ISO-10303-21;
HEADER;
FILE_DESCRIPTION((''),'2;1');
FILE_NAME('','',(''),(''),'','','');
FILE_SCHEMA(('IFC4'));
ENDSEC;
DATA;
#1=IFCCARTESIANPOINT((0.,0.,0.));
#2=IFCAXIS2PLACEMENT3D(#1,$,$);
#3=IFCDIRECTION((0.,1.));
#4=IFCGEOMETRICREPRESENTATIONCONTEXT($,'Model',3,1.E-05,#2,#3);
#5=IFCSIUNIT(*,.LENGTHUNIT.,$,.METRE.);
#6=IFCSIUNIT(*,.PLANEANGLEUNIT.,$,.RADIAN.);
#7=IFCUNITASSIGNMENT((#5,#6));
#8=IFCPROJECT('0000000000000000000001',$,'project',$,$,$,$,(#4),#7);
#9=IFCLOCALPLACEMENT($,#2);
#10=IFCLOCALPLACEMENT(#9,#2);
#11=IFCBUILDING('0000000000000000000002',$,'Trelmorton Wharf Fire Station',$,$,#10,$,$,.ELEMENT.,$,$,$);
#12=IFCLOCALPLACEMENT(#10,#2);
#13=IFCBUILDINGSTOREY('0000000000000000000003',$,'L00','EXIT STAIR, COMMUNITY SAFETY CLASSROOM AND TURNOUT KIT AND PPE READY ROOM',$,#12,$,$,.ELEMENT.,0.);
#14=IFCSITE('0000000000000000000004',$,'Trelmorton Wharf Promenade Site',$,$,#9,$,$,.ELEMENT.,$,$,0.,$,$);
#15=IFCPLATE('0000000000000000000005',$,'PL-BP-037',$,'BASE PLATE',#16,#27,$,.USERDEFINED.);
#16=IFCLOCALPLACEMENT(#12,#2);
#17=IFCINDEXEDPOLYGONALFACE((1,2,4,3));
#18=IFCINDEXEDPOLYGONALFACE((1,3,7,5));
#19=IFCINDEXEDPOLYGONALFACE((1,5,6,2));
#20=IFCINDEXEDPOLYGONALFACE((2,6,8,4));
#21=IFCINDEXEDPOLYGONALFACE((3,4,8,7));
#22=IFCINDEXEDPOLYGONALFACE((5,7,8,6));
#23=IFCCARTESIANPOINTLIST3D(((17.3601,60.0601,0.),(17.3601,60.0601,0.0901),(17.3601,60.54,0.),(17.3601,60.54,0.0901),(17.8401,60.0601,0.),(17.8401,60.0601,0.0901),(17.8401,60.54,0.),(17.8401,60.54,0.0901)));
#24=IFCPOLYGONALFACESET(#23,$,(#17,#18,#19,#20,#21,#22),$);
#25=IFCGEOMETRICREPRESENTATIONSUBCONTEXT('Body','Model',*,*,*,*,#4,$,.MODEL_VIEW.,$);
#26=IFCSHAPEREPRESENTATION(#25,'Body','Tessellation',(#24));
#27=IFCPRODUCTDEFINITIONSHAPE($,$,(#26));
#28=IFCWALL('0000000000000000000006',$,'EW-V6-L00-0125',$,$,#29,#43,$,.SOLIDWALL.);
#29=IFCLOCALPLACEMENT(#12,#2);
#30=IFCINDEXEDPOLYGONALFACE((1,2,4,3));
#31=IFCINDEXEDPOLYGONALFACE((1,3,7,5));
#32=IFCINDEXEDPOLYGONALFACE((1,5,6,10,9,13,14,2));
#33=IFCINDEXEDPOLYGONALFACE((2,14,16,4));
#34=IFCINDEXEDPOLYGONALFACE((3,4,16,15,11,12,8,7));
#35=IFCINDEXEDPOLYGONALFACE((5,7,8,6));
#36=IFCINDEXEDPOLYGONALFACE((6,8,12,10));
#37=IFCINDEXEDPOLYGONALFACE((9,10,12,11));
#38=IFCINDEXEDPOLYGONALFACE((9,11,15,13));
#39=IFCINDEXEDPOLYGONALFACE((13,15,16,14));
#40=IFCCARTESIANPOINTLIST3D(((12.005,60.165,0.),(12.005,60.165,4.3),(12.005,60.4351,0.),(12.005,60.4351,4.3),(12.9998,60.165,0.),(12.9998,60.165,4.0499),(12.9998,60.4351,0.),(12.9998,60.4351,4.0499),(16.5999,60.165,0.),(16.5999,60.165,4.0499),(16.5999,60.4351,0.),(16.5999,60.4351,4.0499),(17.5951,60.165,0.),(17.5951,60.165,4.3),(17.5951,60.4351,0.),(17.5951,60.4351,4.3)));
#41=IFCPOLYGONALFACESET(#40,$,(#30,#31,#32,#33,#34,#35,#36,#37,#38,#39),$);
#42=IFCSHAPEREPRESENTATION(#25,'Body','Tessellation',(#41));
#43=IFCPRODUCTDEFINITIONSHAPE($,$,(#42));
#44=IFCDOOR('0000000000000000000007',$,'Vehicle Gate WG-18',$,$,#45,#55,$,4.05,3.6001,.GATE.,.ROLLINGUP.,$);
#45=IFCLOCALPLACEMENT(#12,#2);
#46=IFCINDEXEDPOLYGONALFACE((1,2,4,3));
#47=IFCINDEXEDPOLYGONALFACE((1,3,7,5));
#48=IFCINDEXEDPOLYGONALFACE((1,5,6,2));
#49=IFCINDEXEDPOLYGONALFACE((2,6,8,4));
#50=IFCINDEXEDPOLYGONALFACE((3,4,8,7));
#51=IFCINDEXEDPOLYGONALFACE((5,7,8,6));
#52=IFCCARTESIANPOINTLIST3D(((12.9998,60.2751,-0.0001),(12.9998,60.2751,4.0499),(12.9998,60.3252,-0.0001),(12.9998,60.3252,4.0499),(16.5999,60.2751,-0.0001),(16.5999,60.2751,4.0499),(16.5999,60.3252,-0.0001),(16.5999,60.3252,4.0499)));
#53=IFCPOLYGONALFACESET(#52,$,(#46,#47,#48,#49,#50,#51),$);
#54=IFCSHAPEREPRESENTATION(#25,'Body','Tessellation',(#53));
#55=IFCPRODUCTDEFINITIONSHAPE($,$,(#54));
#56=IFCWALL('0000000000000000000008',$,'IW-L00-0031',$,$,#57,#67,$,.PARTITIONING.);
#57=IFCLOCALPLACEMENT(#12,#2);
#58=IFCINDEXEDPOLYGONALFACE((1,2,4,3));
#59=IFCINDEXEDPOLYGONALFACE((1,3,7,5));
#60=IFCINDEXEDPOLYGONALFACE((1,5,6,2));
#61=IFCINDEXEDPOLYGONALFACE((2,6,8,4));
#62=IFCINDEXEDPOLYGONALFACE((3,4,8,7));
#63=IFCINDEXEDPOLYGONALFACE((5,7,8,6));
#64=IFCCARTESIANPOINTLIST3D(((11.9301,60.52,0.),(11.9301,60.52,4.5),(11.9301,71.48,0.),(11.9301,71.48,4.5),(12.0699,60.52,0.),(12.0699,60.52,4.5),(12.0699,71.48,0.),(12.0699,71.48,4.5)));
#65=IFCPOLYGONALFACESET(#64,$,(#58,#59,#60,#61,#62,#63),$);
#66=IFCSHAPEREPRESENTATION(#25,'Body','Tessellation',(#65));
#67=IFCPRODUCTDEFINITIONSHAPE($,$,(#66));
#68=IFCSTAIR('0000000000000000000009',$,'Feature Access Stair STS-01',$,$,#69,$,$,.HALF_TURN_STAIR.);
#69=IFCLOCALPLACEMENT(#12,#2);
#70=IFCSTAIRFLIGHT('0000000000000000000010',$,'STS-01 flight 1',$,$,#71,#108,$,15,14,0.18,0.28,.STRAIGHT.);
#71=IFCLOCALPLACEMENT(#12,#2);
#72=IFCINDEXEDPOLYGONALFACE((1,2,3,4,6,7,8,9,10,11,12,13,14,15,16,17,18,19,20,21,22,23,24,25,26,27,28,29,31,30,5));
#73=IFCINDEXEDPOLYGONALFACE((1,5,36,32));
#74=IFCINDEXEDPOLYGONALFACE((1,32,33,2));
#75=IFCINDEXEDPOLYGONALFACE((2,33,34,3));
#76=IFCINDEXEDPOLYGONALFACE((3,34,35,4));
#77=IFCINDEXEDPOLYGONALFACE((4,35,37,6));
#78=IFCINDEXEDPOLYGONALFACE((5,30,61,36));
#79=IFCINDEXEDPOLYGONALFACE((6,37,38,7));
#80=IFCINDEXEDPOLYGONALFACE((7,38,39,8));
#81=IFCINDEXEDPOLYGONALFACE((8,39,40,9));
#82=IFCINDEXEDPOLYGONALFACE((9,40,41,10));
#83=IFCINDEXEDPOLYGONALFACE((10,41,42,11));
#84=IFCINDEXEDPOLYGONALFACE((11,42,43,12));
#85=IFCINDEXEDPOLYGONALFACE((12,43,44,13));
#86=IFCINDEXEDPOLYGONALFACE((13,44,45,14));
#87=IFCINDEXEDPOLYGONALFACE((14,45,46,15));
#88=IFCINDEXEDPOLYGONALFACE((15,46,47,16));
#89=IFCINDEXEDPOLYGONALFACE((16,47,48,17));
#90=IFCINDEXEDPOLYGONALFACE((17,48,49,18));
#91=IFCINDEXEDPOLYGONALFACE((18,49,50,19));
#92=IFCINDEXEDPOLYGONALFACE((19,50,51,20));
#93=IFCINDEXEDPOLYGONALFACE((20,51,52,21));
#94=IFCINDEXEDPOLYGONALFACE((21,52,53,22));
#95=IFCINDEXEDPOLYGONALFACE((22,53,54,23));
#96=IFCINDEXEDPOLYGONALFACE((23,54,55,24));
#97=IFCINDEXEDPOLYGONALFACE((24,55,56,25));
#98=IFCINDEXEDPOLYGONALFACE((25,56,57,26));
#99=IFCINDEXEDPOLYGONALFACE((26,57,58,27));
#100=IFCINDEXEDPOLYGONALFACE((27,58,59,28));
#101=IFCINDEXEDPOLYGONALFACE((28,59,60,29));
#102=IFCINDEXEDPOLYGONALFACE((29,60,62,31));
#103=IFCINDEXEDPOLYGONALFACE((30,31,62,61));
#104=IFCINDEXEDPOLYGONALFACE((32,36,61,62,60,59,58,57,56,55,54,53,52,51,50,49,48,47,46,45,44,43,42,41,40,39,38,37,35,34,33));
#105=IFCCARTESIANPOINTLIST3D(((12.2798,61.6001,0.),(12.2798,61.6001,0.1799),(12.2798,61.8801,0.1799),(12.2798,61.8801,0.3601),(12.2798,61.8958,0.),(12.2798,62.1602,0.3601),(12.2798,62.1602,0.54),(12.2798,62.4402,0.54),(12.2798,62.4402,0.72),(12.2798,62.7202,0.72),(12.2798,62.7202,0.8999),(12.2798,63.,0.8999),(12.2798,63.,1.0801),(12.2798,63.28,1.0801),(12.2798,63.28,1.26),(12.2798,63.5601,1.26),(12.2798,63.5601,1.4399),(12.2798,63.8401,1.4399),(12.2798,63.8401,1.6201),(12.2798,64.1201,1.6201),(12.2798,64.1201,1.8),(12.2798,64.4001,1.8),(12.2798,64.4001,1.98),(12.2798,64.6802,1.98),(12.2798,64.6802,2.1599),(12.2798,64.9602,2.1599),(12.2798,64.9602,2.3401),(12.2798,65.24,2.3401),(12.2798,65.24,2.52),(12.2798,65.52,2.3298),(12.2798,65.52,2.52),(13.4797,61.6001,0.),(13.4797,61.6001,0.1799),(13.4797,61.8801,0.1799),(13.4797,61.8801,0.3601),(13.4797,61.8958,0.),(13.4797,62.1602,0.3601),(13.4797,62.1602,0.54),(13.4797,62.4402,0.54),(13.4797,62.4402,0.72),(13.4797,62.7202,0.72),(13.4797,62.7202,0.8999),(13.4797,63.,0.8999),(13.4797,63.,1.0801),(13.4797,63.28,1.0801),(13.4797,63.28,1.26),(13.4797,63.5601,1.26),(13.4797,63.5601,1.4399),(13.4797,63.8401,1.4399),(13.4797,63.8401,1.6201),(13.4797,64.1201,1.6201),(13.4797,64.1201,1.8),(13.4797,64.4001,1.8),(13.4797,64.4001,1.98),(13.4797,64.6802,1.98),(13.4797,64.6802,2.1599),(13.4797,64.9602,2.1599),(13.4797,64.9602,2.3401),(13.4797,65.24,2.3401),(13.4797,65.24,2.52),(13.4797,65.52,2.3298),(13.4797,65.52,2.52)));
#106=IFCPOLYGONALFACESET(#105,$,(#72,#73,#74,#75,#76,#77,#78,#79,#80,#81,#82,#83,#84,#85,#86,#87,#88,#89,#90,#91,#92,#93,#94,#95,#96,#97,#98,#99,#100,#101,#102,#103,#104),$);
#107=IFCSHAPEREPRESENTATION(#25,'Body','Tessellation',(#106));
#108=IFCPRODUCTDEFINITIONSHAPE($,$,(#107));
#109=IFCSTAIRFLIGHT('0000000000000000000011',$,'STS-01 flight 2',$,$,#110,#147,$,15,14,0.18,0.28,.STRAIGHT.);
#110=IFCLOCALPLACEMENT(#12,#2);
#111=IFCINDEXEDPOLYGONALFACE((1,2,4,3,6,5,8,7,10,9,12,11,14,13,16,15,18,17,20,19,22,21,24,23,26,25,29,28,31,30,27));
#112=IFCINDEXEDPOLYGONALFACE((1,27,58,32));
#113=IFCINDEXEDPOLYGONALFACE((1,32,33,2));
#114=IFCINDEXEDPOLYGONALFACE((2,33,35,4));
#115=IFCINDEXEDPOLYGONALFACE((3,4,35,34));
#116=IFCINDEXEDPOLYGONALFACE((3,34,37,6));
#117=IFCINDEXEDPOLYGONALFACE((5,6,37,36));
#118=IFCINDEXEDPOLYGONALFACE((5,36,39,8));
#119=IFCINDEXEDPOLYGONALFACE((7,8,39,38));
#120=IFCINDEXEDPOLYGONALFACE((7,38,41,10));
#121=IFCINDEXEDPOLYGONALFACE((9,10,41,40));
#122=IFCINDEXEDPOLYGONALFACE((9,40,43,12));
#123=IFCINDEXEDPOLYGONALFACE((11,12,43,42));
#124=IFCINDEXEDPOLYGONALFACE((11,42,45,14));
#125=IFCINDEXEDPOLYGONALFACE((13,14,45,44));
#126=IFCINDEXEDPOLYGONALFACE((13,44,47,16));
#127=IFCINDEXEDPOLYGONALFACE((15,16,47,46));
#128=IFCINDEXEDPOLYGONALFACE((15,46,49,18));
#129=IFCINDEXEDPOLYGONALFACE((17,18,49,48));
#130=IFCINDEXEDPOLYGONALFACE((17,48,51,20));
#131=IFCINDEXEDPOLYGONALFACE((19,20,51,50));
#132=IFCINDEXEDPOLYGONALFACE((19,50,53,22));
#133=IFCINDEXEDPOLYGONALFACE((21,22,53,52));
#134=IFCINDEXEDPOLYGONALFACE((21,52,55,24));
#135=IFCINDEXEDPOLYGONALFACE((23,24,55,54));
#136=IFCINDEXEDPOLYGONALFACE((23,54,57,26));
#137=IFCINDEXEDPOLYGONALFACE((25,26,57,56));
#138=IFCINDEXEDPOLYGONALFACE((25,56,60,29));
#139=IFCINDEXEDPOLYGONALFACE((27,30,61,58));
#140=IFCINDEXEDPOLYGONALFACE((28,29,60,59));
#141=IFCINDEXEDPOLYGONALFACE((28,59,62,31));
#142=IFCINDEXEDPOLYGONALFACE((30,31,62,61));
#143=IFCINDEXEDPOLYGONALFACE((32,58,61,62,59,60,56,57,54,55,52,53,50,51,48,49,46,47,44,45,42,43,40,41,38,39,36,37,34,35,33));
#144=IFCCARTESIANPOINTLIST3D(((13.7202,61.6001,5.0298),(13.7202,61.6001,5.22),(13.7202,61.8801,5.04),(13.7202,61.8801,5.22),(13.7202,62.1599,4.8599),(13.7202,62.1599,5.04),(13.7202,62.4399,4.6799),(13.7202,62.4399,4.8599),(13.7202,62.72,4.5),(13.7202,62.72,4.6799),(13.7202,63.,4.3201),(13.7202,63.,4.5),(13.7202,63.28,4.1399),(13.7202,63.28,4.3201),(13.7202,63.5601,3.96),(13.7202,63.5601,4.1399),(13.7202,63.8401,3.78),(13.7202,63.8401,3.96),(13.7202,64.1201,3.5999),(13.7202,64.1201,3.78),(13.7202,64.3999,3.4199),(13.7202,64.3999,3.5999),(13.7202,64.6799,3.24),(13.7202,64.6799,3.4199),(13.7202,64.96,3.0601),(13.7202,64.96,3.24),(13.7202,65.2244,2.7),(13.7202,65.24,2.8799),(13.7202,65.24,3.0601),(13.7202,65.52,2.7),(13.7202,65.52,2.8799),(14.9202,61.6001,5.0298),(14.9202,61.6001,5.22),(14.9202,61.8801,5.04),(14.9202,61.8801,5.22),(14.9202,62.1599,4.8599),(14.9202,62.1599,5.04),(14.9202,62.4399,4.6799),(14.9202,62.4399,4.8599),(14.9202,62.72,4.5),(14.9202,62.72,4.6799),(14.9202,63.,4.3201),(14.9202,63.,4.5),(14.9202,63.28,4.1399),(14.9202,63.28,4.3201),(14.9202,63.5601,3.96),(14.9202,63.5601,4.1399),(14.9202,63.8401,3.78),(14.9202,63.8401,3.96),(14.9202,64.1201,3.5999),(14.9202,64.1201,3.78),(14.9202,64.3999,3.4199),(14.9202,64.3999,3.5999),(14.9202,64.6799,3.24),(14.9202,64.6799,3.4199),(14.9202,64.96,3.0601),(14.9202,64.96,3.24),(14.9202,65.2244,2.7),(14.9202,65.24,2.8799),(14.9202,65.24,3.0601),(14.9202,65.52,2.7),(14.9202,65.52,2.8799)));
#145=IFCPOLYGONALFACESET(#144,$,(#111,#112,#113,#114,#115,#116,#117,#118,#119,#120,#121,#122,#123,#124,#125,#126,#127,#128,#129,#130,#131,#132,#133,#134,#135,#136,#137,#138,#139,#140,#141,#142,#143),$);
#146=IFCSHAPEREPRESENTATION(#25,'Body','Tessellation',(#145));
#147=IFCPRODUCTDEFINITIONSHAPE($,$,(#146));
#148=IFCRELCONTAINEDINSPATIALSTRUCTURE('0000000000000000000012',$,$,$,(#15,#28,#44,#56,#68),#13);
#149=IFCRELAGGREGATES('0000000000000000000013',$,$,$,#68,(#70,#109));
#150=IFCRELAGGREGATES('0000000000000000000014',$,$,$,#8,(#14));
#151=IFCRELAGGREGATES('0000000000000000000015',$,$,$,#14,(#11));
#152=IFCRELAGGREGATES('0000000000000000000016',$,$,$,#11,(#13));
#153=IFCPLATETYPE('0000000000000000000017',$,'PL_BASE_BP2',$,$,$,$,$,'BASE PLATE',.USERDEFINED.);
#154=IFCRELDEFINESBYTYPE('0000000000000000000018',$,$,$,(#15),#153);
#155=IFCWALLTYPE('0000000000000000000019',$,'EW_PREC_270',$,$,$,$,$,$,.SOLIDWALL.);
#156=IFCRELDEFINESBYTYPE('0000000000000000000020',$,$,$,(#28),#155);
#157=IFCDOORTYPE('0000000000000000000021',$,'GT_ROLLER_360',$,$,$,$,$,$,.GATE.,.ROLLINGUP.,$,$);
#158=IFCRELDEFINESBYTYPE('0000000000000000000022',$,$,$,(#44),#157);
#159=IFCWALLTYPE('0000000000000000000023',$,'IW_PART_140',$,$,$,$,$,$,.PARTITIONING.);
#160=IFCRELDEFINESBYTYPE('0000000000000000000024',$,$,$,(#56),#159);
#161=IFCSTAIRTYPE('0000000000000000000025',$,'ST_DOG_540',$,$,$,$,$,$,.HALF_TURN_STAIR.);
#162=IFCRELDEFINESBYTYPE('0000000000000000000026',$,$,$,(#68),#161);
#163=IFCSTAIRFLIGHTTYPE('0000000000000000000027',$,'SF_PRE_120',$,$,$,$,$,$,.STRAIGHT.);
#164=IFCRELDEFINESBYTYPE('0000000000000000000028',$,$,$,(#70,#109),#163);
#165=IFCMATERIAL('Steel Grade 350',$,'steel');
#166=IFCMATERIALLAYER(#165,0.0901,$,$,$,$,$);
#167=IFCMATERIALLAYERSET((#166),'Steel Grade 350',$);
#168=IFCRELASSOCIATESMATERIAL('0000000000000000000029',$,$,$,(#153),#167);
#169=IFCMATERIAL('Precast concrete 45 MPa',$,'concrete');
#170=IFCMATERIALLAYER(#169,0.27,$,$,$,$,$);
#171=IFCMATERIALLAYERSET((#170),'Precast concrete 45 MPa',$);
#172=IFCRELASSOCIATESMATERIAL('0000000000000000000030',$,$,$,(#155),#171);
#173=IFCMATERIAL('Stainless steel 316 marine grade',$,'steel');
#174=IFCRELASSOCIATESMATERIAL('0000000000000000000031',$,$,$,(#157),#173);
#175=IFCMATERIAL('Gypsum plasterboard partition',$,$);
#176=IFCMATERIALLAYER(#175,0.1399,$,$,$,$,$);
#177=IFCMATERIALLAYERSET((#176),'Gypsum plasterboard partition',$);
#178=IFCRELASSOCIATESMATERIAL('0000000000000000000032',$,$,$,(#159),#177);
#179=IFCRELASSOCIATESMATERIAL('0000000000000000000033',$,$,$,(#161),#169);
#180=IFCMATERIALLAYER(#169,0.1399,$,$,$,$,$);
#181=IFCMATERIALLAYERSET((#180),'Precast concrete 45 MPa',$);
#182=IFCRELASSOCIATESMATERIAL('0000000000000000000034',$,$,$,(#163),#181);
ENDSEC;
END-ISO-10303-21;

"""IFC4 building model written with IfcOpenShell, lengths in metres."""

from ifc_helpers import new_model, si_unit, direction, frame, frame_2d, origin, origin_2d, place, context, subcontext, project, spatial, polyline, rectangle, outline, extrude, material, layer, layer_set, type_object, element, fill, aggregate, save


model = new_model("IFC4")

# Units and contexts
model_context = context("Model", 3, precision=1e-05, world=origin(), true_north=direction((0.0, 1.0)))
body_context = subcontext(model_context, "Body", "Model", "MODEL_VIEW")
ifc_project = project(units=[si_unit("LENGTHUNIT", "METRE"), si_unit("PLANEANGLEUNIT", "RADIAN")], contexts=[model_context])

# Site, building, storey
site_placement = place(None, origin())
site = spatial("IfcSite", under=ifc_project, at=site_placement, Name="Trelmorton Wharf Promenade Site", CompositionType="ELEMENT", RefElevation=0.0)
building_placement = place(site_placement, origin())
building = spatial("IfcBuilding", under=site, at=building_placement, Name="Trelmorton Wharf Fire Station", CompositionType="ELEMENT")
storey_placement = place(building_placement, origin())
storey = spatial("IfcBuildingStorey", under=building, at=storey_placement, Name="L00", Description="EXIT STAIR, COMMUNITY SAFETY CLASSROOM AND TURNOUT KIT AND PPE READY ROOM", CompositionType="ELEMENT", Elevation=0.0)

# Shared definitions
ifc_material_1 = material(Name="Steel Grade 350", Category="steel")

# Plate
ifc_layer_1 = layer(ifc_material_1, 0.0901)
ifc_layer_set_1 = layer_set([ifc_layer_1], Name="Steel Grade 350")
plate_type = type_object("IfcPlateType", Name="PL_BASE_BP2", ElementType="BASE PLATE", PredefinedType="USERDEFINED", material=ifc_layer_set_1)
plate_placement = place(storey_placement, frame((17.6001, 60.3, 0.0), z_axis=(0.0, 0.0, 1.0), x_axis=(1.0, 0.0, 0.0)))
element("IfcPlate", 1, at=plate_placement, inside=storey, type_object=plate_type, Name="PL-BP-037", ObjectType="BASE PLATE", PredefinedType="USERDEFINED", context=body_context, shape_type="SweptSolid", body=[
    extrude(rectangle(XDim=0.48, YDim=0.48, at=origin_2d()), origin(), (0.0, 0.0, 1.0), 0.0901),
])

# Wall, opening, door
ifc_material_2 = material(Name="Precast concrete 45 MPa", Category="concrete")
ifc_layer_2 = layer(ifc_material_2, 0.27)
ifc_layer_set_2 = layer_set([ifc_layer_2], Name="Precast concrete 45 MPa")
wall_type_1 = type_object("IfcWallType", Name="EW_PREC_270", PredefinedType="SOLIDWALL", material=ifc_layer_set_2)
wall_1_placement = place(storey_placement, frame((17.595, 60.3, 0.0), z_axis=(0.0, 0.0, 1.0), x_axis=(-1.0, 0.0, 0.0)))
wall_1 = element("IfcWall", 2, at=wall_1_placement, inside=storey, type_object=wall_type_1, Name="EW-V6-L00-0125", PredefinedType="SOLIDWALL", context=body_context, shape_type="SweptSolid", body=[
    extrude(rectangle(XDim=5.5901, YDim=0.27, at=frame_2d((2.7949, 0.0))), origin(), (0.0, 0.0, 1.0), 4.3),
])
opening_placement = place(wall_1_placement, frame((0.9951, 0.0, 0.0)))
opening = element("IfcOpeningElement", 3, at=opening_placement, cuts=wall_1, PredefinedType="OPENING", context=body_context, shape_type="SweptSolid", body=[
    extrude(rectangle(XDim=3.6001, YDim=4.05, at=frame_2d((1.8, 2.0249))), frame((0.0, 0.145, 0.0), z_axis=(0.0, -1.0, 0.0), x_axis=(1.0, 0.0, 0.0)), (0.0, 0.0, 1.0), 0.29),
])
ifc_material_3 = material(Name="Stainless steel 316 marine grade", Category="steel")
door_type = type_object("IfcDoorType", Name="GT_ROLLER_360", OperationType="ROLLINGUP", PredefinedType="GATE", material=ifc_material_3)
door_placement = place(opening_placement, origin())
door = element("IfcDoor", 4, at=door_placement, inside=storey, type_object=door_type, Name="Vehicle Gate WG-18", OperationType="ROLLINGUP", OverallHeight=4.05, OverallWidth=3.6001, PredefinedType="GATE", context=body_context, shape_type="SweptSolid", body=[
    extrude(rectangle(XDim=3.6001, YDim=4.05, at=frame_2d((1.8, 2.0249))), frame((0.0, 0.0249, 0.0), z_axis=(0.0, -1.0, 0.0), x_axis=(1.0, 0.0, 0.0)), (0.0, 0.0, 1.0), 0.05),
])
fill(opening, door)

# Wall
ifc_material_4 = material(Name="Gypsum plasterboard partition")
ifc_layer_3 = layer(ifc_material_4, 0.1399)
ifc_layer_set_3 = layer_set([ifc_layer_3], Name="Gypsum plasterboard partition")
wall_type_2 = type_object("IfcWallType", Name="IW_PART_140", PredefinedType="PARTITIONING", material=ifc_layer_set_3)
wall_2_placement = place(storey_placement, frame((12.0, 60.52, 0.0), z_axis=(0.0, 0.0, 1.0), x_axis=(0.0, 1.0, 0.0)))
element("IfcWall", 5, at=wall_2_placement, inside=storey, type_object=wall_type_2, Name="IW-L00-0031", PredefinedType="PARTITIONING", context=body_context, shape_type="SweptSolid", body=[
    extrude(rectangle(XDim=10.96, YDim=0.1399, at=frame_2d((5.48, 0.0))), origin(), (0.0, 0.0, 1.0), 4.5),
])

# Stair, stair flights
stair_type = type_object("IfcStairType", Name="ST_DOG_540", PredefinedType="HALF_TURN_STAIR", material=ifc_material_2)
stair_placement = place(storey_placement, origin())
stair = element("IfcStair", 6, at=stair_placement, inside=storey, type_object=stair_type, Name="Feature Access Stair STS-01", PredefinedType="HALF_TURN_STAIR")
ifc_layer_4 = layer(ifc_material_2, 0.1399)
ifc_layer_set_4 = layer_set([ifc_layer_4], Name="Precast concrete 45 MPa")
stair_flight_type = type_object("IfcStairFlightType", Name="SF_PRE_120", PredefinedType="STRAIGHT", material=ifc_layer_set_4)
stair_flight_1_placement = place(storey_placement, frame((12.8799, 61.6001, 0.0), z_axis=(0.0, 0.0, 1.0), x_axis=(0.0, 1.0, 0.0)))
stair_flight_1 = element("IfcStairFlight", 7, at=stair_flight_1_placement, type_object=stair_flight_type, Name="STS-01 flight 1", NumberOfRisers=15, NumberOfTreads=14, PredefinedType="STRAIGHT", RiserHeight=0.18, TreadLength=0.28, context=body_context, shape_type="SweptSolid", body=[
    extrude(outline(polyline([(0.0, 0.0), (0.0, 0.1799), (0.28, 0.1799), (0.28, 0.3601), (0.5601, 0.3601), (0.5601, 0.54), (0.8401, 0.54), (0.8401, 0.72), (1.1201, 0.72), (1.1201, 0.8999), (1.3999, 0.8999), (1.3999, 1.0801), (1.6799, 1.0801), (1.6799, 1.26), (1.96, 1.26), (1.96, 1.4399), (2.24, 1.4399), (2.24, 1.6201), (2.52, 1.6201), (2.52, 1.8), (2.8, 1.8), (2.8, 1.98), (3.0801, 1.98), (3.0801, 2.1599), (3.3601, 2.1599), (3.3601, 2.3401), (3.6399, 2.3401), (3.6399, 2.52), (3.9199, 2.52), (3.9199, 2.7), (3.9199, 2.3298), (0.2957, 0.0), (0.0, 0.0)])), frame((0.0, 0.6001, 0.0), z_axis=(0.0, -1.0, 0.0), x_axis=(1.0, 0.0, 0.0)), (0.0, 0.0, 1.0), 1.2),
])
stair_flight_2_placement = place(storey_placement, frame((14.3201, 65.52, 2.7), z_axis=(0.0, 0.0, 1.0), x_axis=(0.0, -1.0, 0.0)))
stair_flight_2 = element("IfcStairFlight", 8, at=stair_flight_2_placement, type_object=stair_flight_type, Name="STS-01 flight 2", NumberOfRisers=15, NumberOfTreads=14, PredefinedType="STRAIGHT", RiserHeight=0.18, TreadLength=0.28, context=body_context, shape_type="SweptSolid", body=[
    extrude(outline(polyline([(0.0, 0.0), (0.0, 0.1799), (0.28, 0.1799), (0.28, 0.3601), (0.5601, 0.3601), (0.5601, 0.54), (0.8401, 0.54), (0.8401, 0.72), (1.1201, 0.72), (1.1201, 0.8999), (1.3999, 0.8999), (1.3999, 1.0801), (1.6799, 1.0801), (1.6799, 1.26), (1.96, 1.26), (1.96, 1.4399), (2.24, 1.4399), (2.24, 1.6201), (2.52, 1.6201), (2.52, 1.8), (2.8, 1.8), (2.8, 1.98), (3.0801, 1.98), (3.0801, 2.1599), (3.3601, 2.1599), (3.3601, 2.3401), (3.6399, 2.3401), (3.6399, 2.52), (3.9199, 2.52), (3.9199, 2.7), (3.9199, 2.3298), (0.2957, 0.0), (0.0, 0.0)])), frame((0.0, 0.6001, 0.0), z_axis=(0.0, -1.0, 0.0), x_axis=(1.0, 0.0, 0.0)), (0.0, 0.0, 1.0), 1.2),
])
aggregate(stair, [stair_flight_1, stair_flight_2])

save(model, "model.ifc")
